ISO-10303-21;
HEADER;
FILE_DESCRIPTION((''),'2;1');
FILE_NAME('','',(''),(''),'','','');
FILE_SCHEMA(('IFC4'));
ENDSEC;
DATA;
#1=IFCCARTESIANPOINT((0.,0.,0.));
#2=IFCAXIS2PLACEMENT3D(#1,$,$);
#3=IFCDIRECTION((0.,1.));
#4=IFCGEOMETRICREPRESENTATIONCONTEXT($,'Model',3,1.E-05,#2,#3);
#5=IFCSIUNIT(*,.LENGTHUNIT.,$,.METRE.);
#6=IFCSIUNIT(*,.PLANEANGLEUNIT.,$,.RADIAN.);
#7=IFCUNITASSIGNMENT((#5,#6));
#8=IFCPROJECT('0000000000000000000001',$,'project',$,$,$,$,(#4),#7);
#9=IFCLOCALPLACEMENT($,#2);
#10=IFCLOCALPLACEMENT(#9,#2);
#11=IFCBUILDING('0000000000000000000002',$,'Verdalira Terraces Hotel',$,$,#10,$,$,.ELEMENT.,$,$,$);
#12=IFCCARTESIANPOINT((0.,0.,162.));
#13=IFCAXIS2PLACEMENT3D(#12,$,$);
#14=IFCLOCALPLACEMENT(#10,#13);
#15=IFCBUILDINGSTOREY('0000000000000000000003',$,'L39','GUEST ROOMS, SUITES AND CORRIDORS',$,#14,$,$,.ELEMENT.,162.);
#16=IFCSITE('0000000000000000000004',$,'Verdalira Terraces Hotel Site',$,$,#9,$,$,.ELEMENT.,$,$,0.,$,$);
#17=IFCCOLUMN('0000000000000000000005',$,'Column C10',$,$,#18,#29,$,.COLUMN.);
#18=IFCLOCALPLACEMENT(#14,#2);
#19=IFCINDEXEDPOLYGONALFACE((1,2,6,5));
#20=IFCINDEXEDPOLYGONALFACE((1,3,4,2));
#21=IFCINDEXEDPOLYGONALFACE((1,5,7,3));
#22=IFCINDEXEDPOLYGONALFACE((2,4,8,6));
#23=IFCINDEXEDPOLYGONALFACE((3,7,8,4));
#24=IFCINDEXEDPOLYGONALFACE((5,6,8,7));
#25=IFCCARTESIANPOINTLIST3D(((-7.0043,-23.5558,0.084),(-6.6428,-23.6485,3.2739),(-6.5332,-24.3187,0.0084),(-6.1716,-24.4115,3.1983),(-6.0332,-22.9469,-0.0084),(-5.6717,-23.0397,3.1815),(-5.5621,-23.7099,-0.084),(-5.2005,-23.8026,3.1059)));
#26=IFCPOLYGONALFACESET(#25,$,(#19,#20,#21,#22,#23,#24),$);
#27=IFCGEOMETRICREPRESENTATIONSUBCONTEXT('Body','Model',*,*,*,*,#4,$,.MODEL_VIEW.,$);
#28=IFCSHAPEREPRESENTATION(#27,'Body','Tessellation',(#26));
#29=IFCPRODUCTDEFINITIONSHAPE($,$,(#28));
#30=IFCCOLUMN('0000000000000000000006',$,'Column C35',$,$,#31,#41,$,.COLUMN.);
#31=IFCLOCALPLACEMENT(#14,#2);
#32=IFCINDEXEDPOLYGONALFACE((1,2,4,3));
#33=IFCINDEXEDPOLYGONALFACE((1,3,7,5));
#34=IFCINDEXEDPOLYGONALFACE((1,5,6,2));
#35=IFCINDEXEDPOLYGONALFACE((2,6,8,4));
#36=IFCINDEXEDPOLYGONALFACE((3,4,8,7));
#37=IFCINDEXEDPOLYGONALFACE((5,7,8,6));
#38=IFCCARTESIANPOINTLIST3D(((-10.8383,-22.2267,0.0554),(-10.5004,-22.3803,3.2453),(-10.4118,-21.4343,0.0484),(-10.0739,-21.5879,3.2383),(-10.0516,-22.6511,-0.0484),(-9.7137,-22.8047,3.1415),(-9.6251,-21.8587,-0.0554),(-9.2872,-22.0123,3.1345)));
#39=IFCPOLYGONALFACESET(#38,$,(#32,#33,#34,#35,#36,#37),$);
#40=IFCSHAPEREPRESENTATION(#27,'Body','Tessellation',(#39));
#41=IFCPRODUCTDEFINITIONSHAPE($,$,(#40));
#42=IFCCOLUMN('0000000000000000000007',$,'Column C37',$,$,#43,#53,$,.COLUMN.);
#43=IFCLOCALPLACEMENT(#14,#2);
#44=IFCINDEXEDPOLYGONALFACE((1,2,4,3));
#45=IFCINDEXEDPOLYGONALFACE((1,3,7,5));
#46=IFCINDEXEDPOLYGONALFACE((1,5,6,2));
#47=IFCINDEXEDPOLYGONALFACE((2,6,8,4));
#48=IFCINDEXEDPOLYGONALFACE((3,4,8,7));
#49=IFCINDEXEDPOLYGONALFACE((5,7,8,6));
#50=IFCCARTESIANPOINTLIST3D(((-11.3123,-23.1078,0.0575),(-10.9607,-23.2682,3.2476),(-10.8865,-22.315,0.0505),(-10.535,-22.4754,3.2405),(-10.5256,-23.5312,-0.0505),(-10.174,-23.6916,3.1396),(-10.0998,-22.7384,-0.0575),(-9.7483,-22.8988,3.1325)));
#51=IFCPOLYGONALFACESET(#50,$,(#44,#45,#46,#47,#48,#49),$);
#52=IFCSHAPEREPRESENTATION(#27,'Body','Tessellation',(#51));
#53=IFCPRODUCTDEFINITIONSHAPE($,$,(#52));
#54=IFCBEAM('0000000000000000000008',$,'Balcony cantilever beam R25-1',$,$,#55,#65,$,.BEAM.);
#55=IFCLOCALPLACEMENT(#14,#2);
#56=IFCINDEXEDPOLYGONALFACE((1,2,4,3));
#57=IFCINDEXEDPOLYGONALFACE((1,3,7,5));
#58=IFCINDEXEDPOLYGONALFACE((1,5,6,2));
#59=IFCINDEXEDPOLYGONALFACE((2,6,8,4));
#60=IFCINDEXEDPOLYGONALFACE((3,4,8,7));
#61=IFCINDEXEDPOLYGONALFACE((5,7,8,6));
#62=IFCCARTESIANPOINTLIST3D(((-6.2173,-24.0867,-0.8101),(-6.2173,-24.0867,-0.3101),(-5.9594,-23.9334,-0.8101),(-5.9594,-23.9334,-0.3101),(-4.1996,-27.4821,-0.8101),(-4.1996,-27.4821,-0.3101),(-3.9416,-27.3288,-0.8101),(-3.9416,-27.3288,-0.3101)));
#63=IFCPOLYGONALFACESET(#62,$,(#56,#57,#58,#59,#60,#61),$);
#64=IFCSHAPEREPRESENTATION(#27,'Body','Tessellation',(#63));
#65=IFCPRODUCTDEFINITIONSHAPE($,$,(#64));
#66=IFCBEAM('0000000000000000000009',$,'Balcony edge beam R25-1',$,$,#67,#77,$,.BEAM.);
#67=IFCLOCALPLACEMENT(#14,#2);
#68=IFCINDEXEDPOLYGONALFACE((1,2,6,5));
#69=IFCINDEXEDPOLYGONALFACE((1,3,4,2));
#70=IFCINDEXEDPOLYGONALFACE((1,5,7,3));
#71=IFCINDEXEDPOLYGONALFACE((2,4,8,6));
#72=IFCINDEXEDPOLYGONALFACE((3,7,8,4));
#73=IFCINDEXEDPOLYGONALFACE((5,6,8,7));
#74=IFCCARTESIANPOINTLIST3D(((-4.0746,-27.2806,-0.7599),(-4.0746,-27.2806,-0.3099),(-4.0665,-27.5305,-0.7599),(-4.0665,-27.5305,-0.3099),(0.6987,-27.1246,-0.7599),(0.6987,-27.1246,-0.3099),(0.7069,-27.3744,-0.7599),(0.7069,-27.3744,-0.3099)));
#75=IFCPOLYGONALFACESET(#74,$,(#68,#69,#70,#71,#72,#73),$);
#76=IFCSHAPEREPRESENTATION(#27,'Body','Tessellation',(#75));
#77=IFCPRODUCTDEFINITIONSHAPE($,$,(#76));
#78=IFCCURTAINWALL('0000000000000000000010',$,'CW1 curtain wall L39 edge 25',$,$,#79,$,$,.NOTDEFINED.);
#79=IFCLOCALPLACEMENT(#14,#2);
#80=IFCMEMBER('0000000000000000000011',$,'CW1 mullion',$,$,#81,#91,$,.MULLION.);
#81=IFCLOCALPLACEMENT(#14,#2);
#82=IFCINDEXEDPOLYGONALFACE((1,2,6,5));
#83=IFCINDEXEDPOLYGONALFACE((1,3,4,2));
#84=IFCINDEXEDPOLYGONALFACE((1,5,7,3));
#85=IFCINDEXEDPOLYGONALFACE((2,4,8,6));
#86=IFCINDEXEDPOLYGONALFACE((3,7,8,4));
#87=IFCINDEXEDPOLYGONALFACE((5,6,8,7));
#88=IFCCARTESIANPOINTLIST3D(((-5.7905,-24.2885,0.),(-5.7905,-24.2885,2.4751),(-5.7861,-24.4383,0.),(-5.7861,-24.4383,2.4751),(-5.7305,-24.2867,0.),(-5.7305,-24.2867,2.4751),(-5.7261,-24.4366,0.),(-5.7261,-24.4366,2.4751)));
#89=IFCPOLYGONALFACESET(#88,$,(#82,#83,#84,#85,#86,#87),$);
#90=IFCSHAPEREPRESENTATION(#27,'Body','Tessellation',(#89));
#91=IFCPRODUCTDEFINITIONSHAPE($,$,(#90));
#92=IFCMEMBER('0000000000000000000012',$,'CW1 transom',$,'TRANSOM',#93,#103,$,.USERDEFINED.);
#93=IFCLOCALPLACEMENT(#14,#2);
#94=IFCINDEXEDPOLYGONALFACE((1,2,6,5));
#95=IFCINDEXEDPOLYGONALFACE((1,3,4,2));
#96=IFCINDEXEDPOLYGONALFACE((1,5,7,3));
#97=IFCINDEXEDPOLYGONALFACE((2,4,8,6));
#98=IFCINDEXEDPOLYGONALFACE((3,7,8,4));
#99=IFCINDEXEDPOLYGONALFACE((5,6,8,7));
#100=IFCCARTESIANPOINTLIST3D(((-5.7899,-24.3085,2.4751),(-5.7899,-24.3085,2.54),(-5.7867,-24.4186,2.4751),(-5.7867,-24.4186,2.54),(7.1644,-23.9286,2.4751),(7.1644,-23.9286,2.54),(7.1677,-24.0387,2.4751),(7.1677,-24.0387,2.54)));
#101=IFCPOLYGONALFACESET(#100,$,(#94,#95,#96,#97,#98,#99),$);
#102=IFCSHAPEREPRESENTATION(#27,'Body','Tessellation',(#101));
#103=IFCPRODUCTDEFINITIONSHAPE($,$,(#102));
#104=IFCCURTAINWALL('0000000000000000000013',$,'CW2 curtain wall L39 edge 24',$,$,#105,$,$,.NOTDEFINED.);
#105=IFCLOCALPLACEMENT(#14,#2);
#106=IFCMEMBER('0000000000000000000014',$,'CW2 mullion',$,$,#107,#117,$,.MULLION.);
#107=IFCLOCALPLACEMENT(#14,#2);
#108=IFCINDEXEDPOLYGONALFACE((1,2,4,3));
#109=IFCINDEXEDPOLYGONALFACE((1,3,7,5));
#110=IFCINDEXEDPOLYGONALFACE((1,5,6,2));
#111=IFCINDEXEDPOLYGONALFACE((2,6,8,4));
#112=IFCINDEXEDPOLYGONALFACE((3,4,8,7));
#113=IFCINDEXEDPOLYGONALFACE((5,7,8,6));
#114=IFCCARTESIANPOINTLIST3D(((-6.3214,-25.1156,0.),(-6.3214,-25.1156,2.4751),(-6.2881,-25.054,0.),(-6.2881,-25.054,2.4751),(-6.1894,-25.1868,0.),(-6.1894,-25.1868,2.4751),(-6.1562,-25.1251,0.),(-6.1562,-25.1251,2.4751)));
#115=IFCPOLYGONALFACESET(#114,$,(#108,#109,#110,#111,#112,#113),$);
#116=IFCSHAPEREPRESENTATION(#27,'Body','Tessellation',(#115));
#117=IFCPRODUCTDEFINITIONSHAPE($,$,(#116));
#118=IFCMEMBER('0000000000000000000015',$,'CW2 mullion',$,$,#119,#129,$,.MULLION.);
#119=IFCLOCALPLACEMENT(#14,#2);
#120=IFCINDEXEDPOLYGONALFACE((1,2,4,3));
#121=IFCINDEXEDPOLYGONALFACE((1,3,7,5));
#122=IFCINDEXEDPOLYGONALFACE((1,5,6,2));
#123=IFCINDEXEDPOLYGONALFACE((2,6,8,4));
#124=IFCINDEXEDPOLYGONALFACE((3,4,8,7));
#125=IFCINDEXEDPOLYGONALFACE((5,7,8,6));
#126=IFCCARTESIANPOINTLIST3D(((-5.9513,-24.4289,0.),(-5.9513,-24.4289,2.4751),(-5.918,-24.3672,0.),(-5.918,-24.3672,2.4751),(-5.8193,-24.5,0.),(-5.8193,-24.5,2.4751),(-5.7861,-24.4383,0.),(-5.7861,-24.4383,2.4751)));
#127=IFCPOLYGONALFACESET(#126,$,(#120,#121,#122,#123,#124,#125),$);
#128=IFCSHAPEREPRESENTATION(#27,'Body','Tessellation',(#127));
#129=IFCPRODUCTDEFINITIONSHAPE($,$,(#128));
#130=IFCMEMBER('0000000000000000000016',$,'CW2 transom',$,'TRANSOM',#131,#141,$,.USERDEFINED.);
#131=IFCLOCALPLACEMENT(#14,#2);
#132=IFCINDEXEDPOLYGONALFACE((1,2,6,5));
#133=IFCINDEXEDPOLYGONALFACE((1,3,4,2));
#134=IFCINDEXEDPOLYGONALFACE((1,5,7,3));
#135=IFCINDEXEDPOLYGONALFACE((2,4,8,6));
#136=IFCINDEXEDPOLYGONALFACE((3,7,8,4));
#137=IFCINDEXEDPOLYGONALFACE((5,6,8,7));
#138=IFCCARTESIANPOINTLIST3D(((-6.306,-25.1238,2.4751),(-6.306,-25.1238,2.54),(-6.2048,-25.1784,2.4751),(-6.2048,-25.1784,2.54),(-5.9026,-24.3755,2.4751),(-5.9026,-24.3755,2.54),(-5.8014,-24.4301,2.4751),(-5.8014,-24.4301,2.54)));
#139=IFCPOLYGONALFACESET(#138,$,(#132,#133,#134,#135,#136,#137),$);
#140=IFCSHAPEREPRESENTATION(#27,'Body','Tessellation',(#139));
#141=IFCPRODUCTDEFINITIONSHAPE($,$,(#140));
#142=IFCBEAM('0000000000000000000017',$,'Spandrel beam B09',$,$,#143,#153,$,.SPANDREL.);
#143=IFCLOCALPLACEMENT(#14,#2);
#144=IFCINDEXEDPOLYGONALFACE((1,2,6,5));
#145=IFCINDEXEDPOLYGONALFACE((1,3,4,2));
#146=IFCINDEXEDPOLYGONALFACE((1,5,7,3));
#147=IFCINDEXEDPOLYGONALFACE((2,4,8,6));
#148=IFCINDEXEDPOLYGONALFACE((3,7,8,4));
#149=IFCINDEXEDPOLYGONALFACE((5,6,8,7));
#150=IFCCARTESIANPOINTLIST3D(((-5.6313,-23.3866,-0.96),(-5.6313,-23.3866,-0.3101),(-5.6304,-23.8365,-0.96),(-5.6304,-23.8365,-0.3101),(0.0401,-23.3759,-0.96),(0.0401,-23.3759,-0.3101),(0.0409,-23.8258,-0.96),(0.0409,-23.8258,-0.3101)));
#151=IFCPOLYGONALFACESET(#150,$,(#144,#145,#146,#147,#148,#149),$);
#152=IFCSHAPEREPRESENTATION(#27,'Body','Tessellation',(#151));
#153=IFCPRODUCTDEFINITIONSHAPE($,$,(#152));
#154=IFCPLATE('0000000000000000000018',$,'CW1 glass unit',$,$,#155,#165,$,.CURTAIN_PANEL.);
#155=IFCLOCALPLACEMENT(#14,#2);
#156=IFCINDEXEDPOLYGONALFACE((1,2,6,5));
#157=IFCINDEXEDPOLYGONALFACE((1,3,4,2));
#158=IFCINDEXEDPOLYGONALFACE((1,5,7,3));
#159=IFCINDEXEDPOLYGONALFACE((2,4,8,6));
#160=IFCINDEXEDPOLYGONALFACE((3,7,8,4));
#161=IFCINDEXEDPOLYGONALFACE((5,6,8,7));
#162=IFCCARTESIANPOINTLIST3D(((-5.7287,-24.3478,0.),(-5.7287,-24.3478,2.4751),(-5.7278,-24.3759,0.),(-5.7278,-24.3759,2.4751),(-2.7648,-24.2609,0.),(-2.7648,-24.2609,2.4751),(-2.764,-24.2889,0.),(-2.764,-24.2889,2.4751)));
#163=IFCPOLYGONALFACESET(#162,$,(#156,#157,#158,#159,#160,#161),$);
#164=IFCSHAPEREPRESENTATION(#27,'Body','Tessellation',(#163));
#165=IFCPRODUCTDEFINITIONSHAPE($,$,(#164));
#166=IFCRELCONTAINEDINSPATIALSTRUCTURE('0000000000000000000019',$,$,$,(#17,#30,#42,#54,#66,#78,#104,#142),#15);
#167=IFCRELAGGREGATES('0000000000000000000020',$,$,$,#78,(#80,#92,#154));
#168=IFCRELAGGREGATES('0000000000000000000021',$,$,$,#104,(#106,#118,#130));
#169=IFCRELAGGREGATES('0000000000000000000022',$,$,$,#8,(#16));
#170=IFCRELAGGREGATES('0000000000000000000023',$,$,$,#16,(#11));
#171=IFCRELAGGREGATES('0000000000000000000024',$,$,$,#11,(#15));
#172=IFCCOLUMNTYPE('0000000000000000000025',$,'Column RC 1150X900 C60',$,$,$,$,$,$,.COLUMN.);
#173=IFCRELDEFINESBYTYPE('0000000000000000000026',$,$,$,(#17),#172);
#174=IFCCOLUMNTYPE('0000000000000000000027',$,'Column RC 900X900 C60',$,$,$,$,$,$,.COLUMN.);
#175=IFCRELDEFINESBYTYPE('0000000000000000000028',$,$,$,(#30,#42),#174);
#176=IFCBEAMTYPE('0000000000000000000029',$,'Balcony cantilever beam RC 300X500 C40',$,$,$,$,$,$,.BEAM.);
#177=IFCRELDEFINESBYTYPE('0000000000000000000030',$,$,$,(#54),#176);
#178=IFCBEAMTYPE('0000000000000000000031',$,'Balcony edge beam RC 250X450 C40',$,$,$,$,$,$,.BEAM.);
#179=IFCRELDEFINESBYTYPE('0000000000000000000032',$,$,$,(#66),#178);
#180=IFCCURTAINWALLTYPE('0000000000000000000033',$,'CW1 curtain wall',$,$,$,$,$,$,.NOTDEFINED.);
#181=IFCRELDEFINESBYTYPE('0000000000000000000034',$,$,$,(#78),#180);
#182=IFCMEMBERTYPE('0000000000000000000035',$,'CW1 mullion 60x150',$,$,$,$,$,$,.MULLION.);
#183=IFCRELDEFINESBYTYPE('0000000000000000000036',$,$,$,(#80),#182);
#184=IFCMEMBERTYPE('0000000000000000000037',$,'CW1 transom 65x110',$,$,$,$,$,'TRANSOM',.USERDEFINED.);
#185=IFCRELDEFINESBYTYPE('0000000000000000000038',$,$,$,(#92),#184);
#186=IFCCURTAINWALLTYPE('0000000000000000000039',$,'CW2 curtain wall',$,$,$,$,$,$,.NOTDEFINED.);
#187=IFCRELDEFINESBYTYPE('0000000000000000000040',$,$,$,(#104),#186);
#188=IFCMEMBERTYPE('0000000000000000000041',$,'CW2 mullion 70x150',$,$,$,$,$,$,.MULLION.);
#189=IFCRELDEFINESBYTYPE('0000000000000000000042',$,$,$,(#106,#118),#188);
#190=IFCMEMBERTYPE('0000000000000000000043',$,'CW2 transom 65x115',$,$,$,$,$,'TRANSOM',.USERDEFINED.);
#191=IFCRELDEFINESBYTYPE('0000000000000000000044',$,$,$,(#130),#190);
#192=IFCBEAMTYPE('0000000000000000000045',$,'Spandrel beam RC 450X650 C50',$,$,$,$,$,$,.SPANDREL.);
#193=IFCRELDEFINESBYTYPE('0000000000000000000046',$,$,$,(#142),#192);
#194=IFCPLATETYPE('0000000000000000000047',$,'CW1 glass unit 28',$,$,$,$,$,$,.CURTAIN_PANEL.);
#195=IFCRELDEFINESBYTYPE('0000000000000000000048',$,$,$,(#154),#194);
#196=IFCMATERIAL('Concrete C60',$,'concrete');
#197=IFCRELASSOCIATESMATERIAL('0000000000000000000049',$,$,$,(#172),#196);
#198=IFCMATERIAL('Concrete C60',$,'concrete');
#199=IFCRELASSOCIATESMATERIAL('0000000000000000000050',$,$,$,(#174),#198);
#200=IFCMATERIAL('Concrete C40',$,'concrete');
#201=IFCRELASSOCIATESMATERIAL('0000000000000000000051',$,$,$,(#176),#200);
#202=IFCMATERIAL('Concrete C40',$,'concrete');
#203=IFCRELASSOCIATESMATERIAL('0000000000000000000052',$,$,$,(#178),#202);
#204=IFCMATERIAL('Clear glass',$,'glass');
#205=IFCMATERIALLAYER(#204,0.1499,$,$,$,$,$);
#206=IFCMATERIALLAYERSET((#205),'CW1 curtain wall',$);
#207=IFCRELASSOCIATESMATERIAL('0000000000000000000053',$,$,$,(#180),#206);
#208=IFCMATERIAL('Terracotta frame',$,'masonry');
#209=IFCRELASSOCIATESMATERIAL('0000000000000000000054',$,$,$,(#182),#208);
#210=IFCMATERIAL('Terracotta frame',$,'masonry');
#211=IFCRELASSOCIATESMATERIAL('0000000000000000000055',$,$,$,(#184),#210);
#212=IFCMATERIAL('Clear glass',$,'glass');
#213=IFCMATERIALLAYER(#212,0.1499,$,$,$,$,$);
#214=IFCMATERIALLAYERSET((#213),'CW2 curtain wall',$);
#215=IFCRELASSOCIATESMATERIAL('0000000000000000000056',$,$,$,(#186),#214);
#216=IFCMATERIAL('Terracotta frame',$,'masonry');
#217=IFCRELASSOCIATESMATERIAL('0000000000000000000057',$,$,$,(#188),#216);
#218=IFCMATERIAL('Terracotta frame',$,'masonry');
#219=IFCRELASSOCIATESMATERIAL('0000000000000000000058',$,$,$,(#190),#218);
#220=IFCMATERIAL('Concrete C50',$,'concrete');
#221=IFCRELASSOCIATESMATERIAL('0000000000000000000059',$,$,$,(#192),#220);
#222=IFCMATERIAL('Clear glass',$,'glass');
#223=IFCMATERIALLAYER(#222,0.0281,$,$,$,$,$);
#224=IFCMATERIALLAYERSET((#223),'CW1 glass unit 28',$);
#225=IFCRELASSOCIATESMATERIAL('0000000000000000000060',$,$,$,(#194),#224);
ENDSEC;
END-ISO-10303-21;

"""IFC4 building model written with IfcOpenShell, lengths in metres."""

from ifc_helpers import new_model, si_unit, direction, frame, origin, origin_2d, place, context, subcontext, project, spatial, rectangle, extrude, material, layer, layer_set, material_profile, profile_set, type_object, element, aggregate, save


model = new_model("IFC4")

# Units and contexts
model_context = context("Model", 3, precision=1e-05, world=origin(), true_north=direction((0.0, 1.0)))
body_context = subcontext(model_context, "Body", "Model", "MODEL_VIEW")
ifc_project = project(units=[si_unit("LENGTHUNIT", "METRE"), si_unit("PLANEANGLEUNIT", "RADIAN")], contexts=[model_context])

# Site, building, storey
site_placement = place(None, origin())
site = spatial("IfcSite", under=ifc_project, at=site_placement, Name="Verdalira Terraces Hotel Site", CompositionType="ELEMENT", RefElevation=0.0)
building_placement = place(site_placement, origin())
building = spatial("IfcBuilding", under=site, at=building_placement, Name="Verdalira Terraces Hotel", CompositionType="ELEMENT")
storey_placement = place(building_placement, frame((0.0, 0.0, 162.0)))
storey = spatial("IfcBuildingStorey", under=building, at=storey_placement, Name="L39", Description="GUEST ROOMS, SUITES AND CORRIDORS", CompositionType="ELEMENT", Elevation=162.0)

# Columns
ifc_material_1 = material(Name="Concrete C60", Category="concrete")
ifc_material_profile_1 = material_profile(ifc_material_1, rectangle(XDim=1.1499, YDim=0.8999, at=origin_2d()), Name="RC 1150X900")
ifc_profile_set_1 = profile_set([ifc_material_profile_1], Name="Concrete C60")
column_type_1 = type_object("IfcColumnType", Name="Column RC 1150X900 C60", PredefinedType="COLUMN", material=ifc_profile_set_1)
column_1_placement = place(storey_placement, frame((-6.2832, -23.6328, 0.0), z_axis=(0.112579, -0.028886, 0.993223), x_axis=(-0.8445, -0.529499, 0.080323)))
element("IfcColumn", 1, at=column_1_placement, inside=storey, type_object=column_type_1, Name="Column C10", PredefinedType="COLUMN", context=body_context, shape_type="SweptSolid", body=[
    extrude(rectangle(XDim=1.1499, YDim=0.8999, at=origin_2d()), origin(), (0.0, 0.0, 1.0), 3.2117),
])
ifc_material_2 = material(Name="Concrete C60", Category="concrete")
ifc_material_profile_2 = material_profile(ifc_material_2, rectangle(XDim=0.8999, YDim=0.8999, at=origin_2d()), Name="RC 900X900")
ifc_profile_set_2 = profile_set([ifc_material_profile_2], Name="Concrete C60")
column_type_2 = type_object("IfcColumnType", Name="Column RC 900X900 C60", PredefinedType="COLUMN", material=ifc_profile_set_2)
column_2_placement = place(storey_placement, frame((-10.2317, -22.0427, 0.0), z_axis=(0.105214, -0.047818, 0.993299), x_axis=(-0.473913, -0.880537, 0.007809)))
element("IfcColumn", 2, at=column_2_placement, inside=storey, type_object=column_type_2, Name="Column C35", PredefinedType="COLUMN", context=body_context, shape_type="SweptSolid", body=[
    extrude(rectangle(XDim=0.8999, YDim=0.8999, at=origin_2d()), origin(), (0.0, 0.0, 1.0), 3.2114),
])
column_3_placement = place(storey_placement, frame((-10.7061, -22.9231, 0.0), z_axis=(0.10941, -0.049918, 0.992742), x_axis=(-0.473091, -0.880979, 0.007841)))
element("IfcColumn", 3, at=column_3_placement, inside=storey, type_object=column_type_2, Name="Column C37", PredefinedType="COLUMN", context=body_context, shape_type="SweptSolid", body=[
    extrude(rectangle(XDim=0.8999, YDim=0.8999, at=origin_2d()), origin(), (0.0, 0.0, 1.0), 3.2134),
])

# Beams
ifc_material_3 = material(Name="Concrete C40", Category="concrete")
ifc_material_profile_3 = material_profile(ifc_material_3, rectangle(XDim=0.3, YDim=0.5, at=origin_2d()), Name="RC 300X500")
ifc_profile_set_3 = profile_set([ifc_material_profile_3], Name="Concrete C40")
beam_type_1 = type_object("IfcBeamType", Name="Balcony cantilever beam RC 300X500 C40", PredefinedType="BEAM", material=ifc_profile_set_3)
beam_1_placement = place(storey_placement, frame((-6.0884, -24.01, -0.5601), z_axis=(0.510864, -0.859661, 0.0), x_axis=(0.859661, 0.510864, 0.0)))
element("IfcBeam", 4, at=beam_1_placement, inside=storey, type_object=beam_type_1, Name="Balcony cantilever beam R25-1", PredefinedType="BEAM", context=body_context, shape_type="SweptSolid", body=[
    extrude(rectangle(XDim=0.3, YDim=0.5, at=origin_2d()), origin(), (0.0, 0.0, 1.0), 3.9497),
])
ifc_material_4 = material(Name="Concrete C40", Category="concrete")
ifc_material_profile_4 = material_profile(ifc_material_4, rectangle(XDim=0.25, YDim=0.45, at=origin_2d()), Name="RC 250X450")
ifc_profile_set_4 = profile_set([ifc_material_profile_4], Name="Concrete C40")
beam_type_2 = type_object("IfcBeamType", Name="Balcony edge beam RC 250X450 C40", PredefinedType="BEAM", material=ifc_profile_set_4)
beam_2_placement = place(storey_placement, frame((-4.0706, -27.4055, -0.5349), z_axis=(0.999466, 0.032665, 0.0), x_axis=(-0.032665, 0.999466, 0.0)))
element("IfcBeam", 5, at=beam_2_placement, inside=storey, type_object=beam_type_2, Name="Balcony edge beam R25-1", PredefinedType="BEAM", context=body_context, shape_type="SweptSolid", body=[
    extrude(rectangle(XDim=0.25, YDim=0.45, at=origin_2d()), origin(), (0.0, 0.0, 1.0), 4.7759),
])

# Curtain walls, members
ifc_material_5 = material(Name="Clear glass", Category="glass")
ifc_layer_1 = layer(ifc_material_5, 0.1499)
ifc_layer_set_1 = layer_set([ifc_layer_1], Name="CW1 curtain wall")
curtain_wall_type_1 = type_object("IfcCurtainWallType", Name="CW1 curtain wall", PredefinedType="NOTDEFINED", material=ifc_layer_set_1)
curtain_wall_1_placement = place(storey_placement, origin())
curtain_wall_1 = element("IfcCurtainWall", 6, at=curtain_wall_1_placement, inside=storey, type_object=curtain_wall_type_1, Name="CW1 curtain wall L39 edge 25", PredefinedType="NOTDEFINED")
ifc_material_6 = material(Name="Terracotta frame", Category="masonry")
ifc_material_profile_5 = material_profile(ifc_material_6, rectangle(XDim=0.0601, YDim=0.1499, at=origin_2d()), Name="MU 60x150")
ifc_profile_set_5 = profile_set([ifc_material_profile_5], Name="Terracotta frame")
member_type_1 = type_object("IfcMemberType", Name="CW1 mullion 60x150", PredefinedType="MULLION", material=ifc_profile_set_5)
member_1_placement = place(storey_placement, frame((-5.7583, -24.3625, 0.0), z_axis=(0.0, 0.0, 1.0), x_axis=(0.99957, 0.029317, 0.0)))
member_1 = element("IfcMember", 7, at=member_1_placement, type_object=member_type_1, Name="CW1 mullion", PredefinedType="MULLION", context=body_context, shape_type="SweptSolid", body=[
    extrude(rectangle(XDim=0.0601, YDim=0.1499, at=origin_2d()), origin(), (0.0, 0.0, 1.0), 2.4751),
])
ifc_material_7 = material(Name="Terracotta frame", Category="masonry")
ifc_material_profile_6 = material_profile(ifc_material_7, rectangle(XDim=0.1101, YDim=0.0649, at=origin_2d()), Name="TR 65x110")
ifc_profile_set_6 = profile_set([ifc_material_profile_6], Name="Terracotta frame")
member_type_2 = type_object("IfcMemberType", Name="CW1 transom 65x110", ElementType="TRANSOM", PredefinedType="USERDEFINED", material=ifc_profile_set_6)
member_2_placement = place(storey_placement, frame((-5.7883, -24.3635, 2.5076), z_axis=(0.99957, 0.029312, 0.0), x_axis=(-0.029312, 0.99957, 0.0)))
member_2 = element("IfcMember", 8, at=member_2_placement, type_object=member_type_2, Name="CW1 transom", ObjectType="TRANSOM", PredefinedType="USERDEFINED", context=body_context, shape_type="SweptSolid", body=[
    extrude(rectangle(XDim=0.1101, YDim=0.0649, at=origin_2d()), origin(), (0.0, 0.0, 1.0), 12.96),
])
ifc_material_8 = material(Name="Clear glass", Category="glass")
ifc_layer_2 = layer(ifc_material_8, 0.1499)
ifc_layer_set_2 = layer_set([ifc_layer_2], Name="CW2 curtain wall")
curtain_wall_type_2 = type_object("IfcCurtainWallType", Name="CW2 curtain wall", PredefinedType="NOTDEFINED", material=ifc_layer_set_2)
curtain_wall_2_placement = place(storey_placement, origin())
curtain_wall_2 = element("IfcCurtainWall", 9, at=curtain_wall_2_placement, inside=storey, type_object=curtain_wall_type_2, Name="CW2 curtain wall L39 edge 24", PredefinedType="NOTDEFINED")
ifc_material_9 = material(Name="Terracotta frame", Category="masonry")
ifc_material_profile_7 = material_profile(ifc_material_9, rectangle(XDim=0.0701, YDim=0.1499, at=origin_2d()), Name="MU 70x150")
ifc_profile_set_7 = profile_set([ifc_material_profile_7], Name="Terracotta frame")
member_type_3 = type_object("IfcMemberType", Name="CW2 mullion 70x150", PredefinedType="MULLION", material=ifc_profile_set_7)
member_3_placement = place(storey_placement, frame((-6.2388, -25.1204, 0.0), z_axis=(0.0, 0.0, 1.0), x_axis=(0.474396, 0.880312, 0.0)))
member_3 = element("IfcMember", 10, at=member_3_placement, type_object=member_type_3, Name="CW2 mullion", PredefinedType="MULLION", context=body_context, shape_type="SweptSolid", body=[
    extrude(rectangle(XDim=0.0701, YDim=0.1499, at=origin_2d()), origin(), (0.0, 0.0, 1.0), 2.4751),
])
member_4_placement = place(storey_placement, frame((-5.8687, -24.4336, 0.0), z_axis=(0.0, 0.0, 1.0), x_axis=(0.474396, 0.880312, 0.0)))
member_4 = element("IfcMember", 11, at=member_4_placement, type_object=member_type_3, Name="CW2 mullion", PredefinedType="MULLION", context=body_context, shape_type="SweptSolid", body=[
    extrude(rectangle(XDim=0.0701, YDim=0.1499, at=origin_2d()), origin(), (0.0, 0.0, 1.0), 2.4751),
])
ifc_material_10 = material(Name="Terracotta frame", Category="masonry")
ifc_material_profile_8 = material_profile(ifc_material_10, rectangle(XDim=0.115, YDim=0.0649, at=origin_2d()), Name="TR 65x115")
ifc_profile_set_8 = profile_set([ifc_material_profile_8], Name="Terracotta frame")
member_type_4 = type_object("IfcMemberType", Name="CW2 transom 65x115", ElementType="TRANSOM", PredefinedType="USERDEFINED", material=ifc_profile_set_8)
member_5_placement = place(storey_placement, frame((-6.2554, -25.1511, 2.5076), z_axis=(0.474459, 0.880277, 0.0), x_axis=(-0.880277, 0.474459, 0.0)))
member_5 = element("IfcMember", 12, at=member_5_placement, type_object=member_type_4, Name="CW2 transom", ObjectType="TRANSOM", PredefinedType="USERDEFINED", context=body_context, shape_type="SweptSolid", body=[
    extrude(rectangle(XDim=0.115, YDim=0.0649, at=origin_2d()), origin(), (0.0, 0.0, 1.0), 0.8501),
])

# Beam
ifc_material_11 = material(Name="Concrete C50", Category="concrete")
ifc_material_profile_9 = material_profile(ifc_material_11, rectangle(XDim=0.45, YDim=0.6499, at=origin_2d()), Name="RC 450X650")
ifc_profile_set_9 = profile_set([ifc_material_profile_9], Name="Concrete C50")
beam_type_3 = type_object("IfcBeamType", Name="Spandrel beam RC 450X650 C50", PredefinedType="SPANDREL", material=ifc_profile_set_9)
beam_3_placement = place(storey_placement, frame((-5.6309, -23.6116, -0.635), z_axis=(0.999998, 0.001894, 0.0), x_axis=(-0.001894, 0.999998, 0.0)))
element("IfcBeam", 13, at=beam_3_placement, inside=storey, type_object=beam_type_3, Name="Spandrel beam B09", PredefinedType="SPANDREL", context=body_context, shape_type="SweptSolid", body=[
    extrude(rectangle(XDim=0.45, YDim=0.6499, at=origin_2d()), origin(), (0.0, 0.0, 1.0), 5.6714),
])

# Plate
ifc_material_12 = material(Name="Clear glass", Category="glass")
ifc_layer_3 = layer(ifc_material_12, 0.0281)
ifc_layer_set_3 = layer_set([ifc_layer_3], Name="CW1 glass unit 28")
plate_type_1 = type_object("IfcPlateType", Name="CW1 glass unit 28", PredefinedType="CURTAIN_PANEL", material=ifc_layer_set_3)
plate_1_placement = place(storey_placement, frame((-4.2463, -24.3184, 0.0), z_axis=(0.0, 0.0, 1.0), x_axis=(0.99957, 0.029317, 0.0)))
plate_1 = element("IfcPlate", 14, at=plate_1_placement, type_object=plate_type_1, Name="CW1 glass unit", PredefinedType="CURTAIN_PANEL", context=body_context, shape_type="SweptSolid", body=[
    extrude(rectangle(XDim=2.9651, YDim=0.0281, at=origin_2d()), origin(), (0.0, 0.0, 1.0), 2.4751),
])
aggregate(curtain_wall_1, [member_1, member_2, plate_1])
aggregate(curtain_wall_2, [member_3, member_4, member_5])

save(model, "model.ifc")
